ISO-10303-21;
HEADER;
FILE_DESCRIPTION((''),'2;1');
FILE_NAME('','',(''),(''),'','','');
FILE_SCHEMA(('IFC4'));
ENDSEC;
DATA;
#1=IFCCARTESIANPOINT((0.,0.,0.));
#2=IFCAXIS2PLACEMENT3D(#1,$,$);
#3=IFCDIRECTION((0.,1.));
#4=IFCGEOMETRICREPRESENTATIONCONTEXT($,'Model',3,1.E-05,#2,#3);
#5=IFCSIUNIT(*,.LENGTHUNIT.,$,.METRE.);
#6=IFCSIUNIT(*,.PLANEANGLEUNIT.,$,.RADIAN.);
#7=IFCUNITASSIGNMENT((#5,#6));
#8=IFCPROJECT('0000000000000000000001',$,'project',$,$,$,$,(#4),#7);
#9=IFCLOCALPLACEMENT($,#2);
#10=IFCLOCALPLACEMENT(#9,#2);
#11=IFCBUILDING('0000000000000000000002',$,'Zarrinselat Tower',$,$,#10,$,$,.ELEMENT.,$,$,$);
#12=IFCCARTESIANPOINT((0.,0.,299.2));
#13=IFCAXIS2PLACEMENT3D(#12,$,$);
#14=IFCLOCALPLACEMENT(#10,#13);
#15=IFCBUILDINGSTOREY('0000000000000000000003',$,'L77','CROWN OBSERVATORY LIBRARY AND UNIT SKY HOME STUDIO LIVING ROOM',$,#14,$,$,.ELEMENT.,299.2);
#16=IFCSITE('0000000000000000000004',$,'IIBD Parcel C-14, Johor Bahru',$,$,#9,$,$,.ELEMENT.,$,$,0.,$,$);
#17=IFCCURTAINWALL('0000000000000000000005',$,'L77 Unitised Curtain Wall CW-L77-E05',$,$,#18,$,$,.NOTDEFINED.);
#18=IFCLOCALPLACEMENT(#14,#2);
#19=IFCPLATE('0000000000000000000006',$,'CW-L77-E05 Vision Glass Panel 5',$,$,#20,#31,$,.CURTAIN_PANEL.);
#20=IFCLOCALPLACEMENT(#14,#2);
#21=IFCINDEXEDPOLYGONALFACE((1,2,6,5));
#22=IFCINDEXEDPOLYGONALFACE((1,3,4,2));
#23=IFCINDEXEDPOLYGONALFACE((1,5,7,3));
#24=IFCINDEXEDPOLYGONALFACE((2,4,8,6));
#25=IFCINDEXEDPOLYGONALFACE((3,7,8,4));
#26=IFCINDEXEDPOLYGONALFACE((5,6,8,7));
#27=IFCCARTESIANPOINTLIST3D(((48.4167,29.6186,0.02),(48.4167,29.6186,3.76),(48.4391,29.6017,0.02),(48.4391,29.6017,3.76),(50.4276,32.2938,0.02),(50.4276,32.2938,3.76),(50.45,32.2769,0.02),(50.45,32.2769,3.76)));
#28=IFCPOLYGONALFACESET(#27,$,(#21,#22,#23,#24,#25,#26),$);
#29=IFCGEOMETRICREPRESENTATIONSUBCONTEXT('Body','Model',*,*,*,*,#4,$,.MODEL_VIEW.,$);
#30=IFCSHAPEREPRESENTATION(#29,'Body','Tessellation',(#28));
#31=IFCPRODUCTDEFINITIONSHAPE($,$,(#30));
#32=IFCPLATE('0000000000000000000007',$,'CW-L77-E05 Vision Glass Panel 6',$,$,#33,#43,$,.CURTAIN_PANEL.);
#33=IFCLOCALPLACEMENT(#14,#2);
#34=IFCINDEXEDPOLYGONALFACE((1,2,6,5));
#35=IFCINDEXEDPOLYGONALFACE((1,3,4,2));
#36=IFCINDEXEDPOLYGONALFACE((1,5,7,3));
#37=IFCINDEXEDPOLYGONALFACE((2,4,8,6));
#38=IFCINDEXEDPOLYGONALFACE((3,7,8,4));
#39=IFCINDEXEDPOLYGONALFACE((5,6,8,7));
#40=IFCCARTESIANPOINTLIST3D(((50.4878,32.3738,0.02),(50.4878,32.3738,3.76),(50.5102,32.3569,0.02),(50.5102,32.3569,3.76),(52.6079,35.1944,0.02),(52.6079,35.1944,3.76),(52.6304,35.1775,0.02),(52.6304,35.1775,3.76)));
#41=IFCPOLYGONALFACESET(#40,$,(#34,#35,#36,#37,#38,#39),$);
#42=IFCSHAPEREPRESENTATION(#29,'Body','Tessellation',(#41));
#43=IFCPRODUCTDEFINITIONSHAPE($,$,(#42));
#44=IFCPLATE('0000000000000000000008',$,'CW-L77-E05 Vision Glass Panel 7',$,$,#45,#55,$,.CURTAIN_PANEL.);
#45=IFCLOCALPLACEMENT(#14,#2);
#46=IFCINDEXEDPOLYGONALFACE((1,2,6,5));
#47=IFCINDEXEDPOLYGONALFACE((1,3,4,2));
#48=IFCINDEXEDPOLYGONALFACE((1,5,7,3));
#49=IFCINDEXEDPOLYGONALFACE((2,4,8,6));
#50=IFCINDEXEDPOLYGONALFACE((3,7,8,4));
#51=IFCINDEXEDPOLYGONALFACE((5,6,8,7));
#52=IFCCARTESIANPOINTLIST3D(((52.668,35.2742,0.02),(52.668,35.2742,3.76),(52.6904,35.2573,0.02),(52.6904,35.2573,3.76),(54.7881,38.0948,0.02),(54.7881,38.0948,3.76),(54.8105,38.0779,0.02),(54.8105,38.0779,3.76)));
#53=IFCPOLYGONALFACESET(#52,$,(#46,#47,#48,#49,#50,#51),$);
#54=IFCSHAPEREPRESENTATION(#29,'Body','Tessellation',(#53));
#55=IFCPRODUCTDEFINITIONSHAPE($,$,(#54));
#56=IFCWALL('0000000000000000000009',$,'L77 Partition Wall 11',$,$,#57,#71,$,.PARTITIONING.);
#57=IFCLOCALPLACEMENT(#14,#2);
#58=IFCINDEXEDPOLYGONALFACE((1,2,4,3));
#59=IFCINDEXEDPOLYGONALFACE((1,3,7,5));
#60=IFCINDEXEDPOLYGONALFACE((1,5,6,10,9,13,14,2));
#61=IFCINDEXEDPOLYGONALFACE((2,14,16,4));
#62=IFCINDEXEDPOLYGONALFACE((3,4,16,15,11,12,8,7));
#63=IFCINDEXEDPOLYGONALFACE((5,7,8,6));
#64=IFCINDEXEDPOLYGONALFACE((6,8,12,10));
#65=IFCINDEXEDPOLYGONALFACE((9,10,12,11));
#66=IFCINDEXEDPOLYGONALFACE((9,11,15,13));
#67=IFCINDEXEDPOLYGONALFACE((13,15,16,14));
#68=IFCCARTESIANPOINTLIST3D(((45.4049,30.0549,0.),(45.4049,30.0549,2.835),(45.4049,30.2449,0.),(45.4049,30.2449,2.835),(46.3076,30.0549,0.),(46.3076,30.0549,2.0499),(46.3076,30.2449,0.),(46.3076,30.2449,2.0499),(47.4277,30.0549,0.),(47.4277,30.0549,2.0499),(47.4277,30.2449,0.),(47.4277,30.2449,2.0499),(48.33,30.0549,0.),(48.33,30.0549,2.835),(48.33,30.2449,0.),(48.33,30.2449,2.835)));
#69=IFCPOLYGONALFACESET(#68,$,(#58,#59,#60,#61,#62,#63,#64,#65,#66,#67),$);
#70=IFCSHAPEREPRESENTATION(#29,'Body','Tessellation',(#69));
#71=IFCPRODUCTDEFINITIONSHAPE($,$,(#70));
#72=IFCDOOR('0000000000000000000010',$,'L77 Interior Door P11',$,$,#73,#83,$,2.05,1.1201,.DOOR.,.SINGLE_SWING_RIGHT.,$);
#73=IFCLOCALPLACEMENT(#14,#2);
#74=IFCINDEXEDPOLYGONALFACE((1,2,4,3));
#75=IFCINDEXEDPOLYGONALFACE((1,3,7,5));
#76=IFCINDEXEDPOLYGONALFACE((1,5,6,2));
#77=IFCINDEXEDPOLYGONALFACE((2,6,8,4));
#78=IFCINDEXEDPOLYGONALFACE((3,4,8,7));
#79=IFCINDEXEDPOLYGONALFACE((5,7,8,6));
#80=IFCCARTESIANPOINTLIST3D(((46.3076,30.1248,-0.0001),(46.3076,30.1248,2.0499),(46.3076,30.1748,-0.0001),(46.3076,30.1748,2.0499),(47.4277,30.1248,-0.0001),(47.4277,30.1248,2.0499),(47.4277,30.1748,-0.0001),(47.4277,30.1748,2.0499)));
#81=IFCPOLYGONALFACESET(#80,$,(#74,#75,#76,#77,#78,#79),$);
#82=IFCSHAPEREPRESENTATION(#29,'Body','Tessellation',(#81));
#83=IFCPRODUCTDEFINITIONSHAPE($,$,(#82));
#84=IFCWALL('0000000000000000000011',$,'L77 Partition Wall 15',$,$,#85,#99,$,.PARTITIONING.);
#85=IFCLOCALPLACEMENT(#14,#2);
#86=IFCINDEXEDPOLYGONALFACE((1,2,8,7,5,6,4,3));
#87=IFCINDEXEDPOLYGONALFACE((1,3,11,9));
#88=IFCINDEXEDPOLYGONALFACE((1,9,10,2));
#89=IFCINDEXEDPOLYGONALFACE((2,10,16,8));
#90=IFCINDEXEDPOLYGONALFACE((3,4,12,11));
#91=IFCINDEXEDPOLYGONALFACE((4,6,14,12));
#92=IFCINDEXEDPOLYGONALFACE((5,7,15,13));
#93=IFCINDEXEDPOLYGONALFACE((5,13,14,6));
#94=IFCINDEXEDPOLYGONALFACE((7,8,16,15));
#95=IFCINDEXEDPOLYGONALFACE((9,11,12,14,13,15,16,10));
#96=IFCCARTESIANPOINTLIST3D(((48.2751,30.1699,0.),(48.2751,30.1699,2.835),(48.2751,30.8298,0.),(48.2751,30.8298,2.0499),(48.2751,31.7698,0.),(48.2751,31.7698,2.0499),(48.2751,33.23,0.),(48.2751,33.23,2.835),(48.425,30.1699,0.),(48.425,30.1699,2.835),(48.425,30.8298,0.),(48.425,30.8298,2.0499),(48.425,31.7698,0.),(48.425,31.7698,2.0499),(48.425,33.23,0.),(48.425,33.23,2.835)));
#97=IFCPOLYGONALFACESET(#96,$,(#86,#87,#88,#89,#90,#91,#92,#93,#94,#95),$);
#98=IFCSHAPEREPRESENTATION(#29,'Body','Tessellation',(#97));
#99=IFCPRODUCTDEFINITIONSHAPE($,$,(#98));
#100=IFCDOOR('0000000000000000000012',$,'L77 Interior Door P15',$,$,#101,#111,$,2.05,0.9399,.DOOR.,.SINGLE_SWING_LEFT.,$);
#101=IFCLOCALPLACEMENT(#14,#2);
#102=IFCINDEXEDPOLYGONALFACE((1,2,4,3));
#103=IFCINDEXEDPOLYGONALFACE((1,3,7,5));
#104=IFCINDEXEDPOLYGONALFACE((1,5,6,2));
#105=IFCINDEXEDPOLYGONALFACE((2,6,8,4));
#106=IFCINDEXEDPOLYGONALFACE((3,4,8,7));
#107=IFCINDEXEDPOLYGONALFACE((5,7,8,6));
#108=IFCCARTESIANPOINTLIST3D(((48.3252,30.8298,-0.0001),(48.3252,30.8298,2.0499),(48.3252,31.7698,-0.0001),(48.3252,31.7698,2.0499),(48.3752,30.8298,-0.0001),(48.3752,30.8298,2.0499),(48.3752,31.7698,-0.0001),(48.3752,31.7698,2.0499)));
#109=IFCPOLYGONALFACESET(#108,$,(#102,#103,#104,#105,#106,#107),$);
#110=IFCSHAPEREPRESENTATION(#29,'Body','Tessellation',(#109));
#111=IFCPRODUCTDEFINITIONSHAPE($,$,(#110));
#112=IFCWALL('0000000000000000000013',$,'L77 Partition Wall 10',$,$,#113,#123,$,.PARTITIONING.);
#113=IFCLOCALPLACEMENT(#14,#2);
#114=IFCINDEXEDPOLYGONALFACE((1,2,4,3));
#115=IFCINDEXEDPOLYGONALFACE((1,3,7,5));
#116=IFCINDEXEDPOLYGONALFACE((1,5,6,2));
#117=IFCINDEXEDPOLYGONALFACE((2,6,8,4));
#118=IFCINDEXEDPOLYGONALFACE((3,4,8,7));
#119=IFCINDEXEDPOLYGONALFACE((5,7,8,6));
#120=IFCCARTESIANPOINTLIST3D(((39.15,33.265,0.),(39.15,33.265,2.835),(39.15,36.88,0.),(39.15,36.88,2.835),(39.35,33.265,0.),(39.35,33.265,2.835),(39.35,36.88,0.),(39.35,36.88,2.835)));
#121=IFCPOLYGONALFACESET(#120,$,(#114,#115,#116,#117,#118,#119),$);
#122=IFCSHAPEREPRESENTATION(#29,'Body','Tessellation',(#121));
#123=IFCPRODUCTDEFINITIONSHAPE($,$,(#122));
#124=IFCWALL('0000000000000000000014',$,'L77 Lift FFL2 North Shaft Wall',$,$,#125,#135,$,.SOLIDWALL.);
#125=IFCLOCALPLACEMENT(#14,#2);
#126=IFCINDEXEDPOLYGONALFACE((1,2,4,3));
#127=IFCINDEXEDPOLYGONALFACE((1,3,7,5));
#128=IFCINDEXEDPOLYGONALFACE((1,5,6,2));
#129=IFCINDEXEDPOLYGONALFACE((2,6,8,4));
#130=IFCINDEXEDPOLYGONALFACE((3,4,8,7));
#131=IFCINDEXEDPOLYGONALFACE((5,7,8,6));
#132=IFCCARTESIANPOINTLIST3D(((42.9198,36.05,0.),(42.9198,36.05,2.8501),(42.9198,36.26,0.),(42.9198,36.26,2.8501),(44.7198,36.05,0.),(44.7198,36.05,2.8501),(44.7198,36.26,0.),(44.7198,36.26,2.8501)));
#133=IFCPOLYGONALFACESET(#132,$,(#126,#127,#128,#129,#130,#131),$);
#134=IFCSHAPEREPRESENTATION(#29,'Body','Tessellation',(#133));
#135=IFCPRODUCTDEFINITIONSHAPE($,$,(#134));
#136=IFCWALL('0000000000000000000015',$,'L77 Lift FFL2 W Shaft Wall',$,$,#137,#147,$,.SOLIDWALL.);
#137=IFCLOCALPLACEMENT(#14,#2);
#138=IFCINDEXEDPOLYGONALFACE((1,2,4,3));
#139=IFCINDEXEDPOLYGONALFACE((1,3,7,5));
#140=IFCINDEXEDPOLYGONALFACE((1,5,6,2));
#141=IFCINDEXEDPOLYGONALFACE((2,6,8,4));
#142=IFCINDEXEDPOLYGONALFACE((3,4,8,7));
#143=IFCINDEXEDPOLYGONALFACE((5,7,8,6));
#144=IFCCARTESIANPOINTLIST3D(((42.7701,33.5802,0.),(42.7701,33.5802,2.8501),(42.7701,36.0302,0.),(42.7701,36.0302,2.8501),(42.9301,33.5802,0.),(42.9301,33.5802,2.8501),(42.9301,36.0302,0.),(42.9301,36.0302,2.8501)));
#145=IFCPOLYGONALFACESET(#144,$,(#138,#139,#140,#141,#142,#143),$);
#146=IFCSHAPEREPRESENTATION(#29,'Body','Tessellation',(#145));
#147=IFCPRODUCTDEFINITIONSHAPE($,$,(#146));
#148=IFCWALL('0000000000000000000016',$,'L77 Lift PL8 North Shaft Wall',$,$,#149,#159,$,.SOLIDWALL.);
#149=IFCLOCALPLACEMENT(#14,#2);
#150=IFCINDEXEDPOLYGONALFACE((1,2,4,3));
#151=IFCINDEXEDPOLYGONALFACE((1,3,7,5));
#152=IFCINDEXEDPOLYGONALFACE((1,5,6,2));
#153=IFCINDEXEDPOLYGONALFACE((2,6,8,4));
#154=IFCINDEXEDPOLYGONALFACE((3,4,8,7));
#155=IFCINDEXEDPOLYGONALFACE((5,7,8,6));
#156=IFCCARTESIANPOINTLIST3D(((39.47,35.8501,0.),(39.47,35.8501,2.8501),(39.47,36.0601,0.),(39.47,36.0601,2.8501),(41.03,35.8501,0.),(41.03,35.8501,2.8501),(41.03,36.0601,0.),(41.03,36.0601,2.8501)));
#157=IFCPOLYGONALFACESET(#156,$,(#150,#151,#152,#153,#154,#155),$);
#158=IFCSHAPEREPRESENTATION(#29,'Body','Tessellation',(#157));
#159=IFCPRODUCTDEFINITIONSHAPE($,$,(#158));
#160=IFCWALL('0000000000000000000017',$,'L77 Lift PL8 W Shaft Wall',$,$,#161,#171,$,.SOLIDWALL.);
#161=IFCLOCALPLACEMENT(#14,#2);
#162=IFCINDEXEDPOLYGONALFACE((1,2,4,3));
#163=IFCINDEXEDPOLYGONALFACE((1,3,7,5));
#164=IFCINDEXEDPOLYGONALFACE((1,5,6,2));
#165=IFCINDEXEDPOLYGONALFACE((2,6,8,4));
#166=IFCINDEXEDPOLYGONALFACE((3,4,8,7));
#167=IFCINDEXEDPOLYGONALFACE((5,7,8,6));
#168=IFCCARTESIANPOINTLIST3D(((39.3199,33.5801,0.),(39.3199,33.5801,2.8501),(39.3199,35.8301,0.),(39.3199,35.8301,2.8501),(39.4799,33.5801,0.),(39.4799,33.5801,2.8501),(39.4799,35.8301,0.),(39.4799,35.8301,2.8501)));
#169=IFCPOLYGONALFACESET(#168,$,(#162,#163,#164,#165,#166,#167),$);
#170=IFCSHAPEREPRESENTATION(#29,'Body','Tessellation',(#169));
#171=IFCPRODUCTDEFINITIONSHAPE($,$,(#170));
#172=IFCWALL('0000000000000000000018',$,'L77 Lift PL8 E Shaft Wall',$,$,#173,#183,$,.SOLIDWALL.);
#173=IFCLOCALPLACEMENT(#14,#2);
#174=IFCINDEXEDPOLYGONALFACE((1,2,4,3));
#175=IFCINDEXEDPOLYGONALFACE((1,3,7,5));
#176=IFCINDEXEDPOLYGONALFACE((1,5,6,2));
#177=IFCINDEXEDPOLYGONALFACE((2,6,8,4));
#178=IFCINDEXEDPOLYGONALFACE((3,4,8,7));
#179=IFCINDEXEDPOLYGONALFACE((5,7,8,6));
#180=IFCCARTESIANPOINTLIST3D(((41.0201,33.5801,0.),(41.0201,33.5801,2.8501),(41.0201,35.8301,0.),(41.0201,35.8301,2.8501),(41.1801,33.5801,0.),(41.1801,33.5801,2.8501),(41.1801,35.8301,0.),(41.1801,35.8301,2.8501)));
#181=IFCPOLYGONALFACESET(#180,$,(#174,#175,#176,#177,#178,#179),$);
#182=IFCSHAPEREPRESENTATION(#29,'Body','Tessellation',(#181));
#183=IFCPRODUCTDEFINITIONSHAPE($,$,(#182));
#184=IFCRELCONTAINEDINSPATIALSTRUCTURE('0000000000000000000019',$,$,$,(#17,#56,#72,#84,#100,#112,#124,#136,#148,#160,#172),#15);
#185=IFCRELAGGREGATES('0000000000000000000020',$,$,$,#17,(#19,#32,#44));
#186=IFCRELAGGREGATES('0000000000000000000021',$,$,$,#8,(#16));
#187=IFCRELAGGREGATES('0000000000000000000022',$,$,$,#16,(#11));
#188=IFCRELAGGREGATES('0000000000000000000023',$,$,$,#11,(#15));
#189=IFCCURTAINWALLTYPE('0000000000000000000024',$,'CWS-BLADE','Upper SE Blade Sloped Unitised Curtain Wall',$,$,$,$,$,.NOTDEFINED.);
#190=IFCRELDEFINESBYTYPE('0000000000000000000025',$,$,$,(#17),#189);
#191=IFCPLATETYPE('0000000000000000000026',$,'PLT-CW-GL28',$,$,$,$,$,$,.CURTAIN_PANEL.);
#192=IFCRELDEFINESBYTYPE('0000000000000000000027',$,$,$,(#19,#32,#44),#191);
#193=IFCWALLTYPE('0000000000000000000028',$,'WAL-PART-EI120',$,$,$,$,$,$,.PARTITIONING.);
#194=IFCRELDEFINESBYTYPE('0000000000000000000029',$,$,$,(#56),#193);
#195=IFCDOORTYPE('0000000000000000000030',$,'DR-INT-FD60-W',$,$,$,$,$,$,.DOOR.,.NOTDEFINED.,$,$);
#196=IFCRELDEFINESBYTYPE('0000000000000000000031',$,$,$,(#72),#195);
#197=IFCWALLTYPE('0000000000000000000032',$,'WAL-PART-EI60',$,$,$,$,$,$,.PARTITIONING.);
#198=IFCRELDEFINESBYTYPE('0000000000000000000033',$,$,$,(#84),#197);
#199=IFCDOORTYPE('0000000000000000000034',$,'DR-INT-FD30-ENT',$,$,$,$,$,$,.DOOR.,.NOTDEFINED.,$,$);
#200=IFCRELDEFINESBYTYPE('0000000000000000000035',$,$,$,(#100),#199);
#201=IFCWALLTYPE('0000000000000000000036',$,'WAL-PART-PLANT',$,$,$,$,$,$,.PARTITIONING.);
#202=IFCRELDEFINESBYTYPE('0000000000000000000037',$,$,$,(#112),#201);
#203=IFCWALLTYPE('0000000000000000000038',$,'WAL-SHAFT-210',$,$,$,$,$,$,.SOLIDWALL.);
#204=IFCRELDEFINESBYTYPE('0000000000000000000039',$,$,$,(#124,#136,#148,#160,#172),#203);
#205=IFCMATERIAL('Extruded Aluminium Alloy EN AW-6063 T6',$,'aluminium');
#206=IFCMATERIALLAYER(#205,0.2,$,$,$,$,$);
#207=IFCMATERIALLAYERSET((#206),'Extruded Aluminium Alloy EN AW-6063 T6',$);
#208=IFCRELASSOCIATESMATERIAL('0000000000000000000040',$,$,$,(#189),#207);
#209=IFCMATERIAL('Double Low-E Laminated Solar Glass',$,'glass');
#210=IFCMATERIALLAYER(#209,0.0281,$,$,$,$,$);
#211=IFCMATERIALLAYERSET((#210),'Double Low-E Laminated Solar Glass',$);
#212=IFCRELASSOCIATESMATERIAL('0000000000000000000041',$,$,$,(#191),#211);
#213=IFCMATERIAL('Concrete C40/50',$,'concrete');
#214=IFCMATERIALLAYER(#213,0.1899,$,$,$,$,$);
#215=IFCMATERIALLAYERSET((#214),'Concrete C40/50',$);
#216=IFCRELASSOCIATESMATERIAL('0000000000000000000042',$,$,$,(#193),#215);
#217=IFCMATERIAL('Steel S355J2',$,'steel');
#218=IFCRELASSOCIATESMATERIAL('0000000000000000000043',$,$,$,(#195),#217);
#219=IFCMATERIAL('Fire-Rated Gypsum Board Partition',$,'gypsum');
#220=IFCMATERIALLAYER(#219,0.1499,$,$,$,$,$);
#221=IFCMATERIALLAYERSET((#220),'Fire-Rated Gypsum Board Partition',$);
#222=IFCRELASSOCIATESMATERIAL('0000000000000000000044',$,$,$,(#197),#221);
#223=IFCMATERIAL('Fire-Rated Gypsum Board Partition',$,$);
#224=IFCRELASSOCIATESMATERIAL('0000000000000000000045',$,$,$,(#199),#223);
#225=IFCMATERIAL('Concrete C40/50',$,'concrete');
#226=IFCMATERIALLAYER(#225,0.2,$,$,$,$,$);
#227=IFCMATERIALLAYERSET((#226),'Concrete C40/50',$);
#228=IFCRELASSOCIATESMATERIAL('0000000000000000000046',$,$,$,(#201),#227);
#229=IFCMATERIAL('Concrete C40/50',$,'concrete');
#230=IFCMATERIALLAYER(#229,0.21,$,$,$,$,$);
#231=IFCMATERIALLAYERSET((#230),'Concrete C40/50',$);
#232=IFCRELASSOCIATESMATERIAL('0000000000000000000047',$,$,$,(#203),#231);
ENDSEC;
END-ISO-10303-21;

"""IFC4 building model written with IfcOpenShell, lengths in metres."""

from ifc_helpers import new_model, si_unit, direction, frame, frame_2d, origin, origin_2d, place, context, subcontext, project, spatial, rectangle, extrude, material, layer, layer_set, type_object, element, fill, aggregate, save


model = new_model("IFC4")

# Units and contexts
model_context = context("Model", 3, precision=1e-05, world=origin(), true_north=direction((0.0, 1.0)))
body_context = subcontext(model_context, "Body", "Model", "MODEL_VIEW")
ifc_project = project(units=[si_unit("LENGTHUNIT", "METRE"), si_unit("PLANEANGLEUNIT", "RADIAN")], contexts=[model_context])

# Site, building, storey
site_placement = place(None, origin())
site = spatial("IfcSite", under=ifc_project, at=site_placement, Name="IIBD Parcel C-14, Johor Bahru", CompositionType="ELEMENT", RefElevation=0.0)
building_placement = place(site_placement, origin())
building = spatial("IfcBuilding", under=site, at=building_placement, Name="Zarrinselat Tower", CompositionType="ELEMENT")
storey_placement = place(building_placement, frame((0.0, 0.0, 299.2)))
storey = spatial("IfcBuildingStorey", under=building, at=storey_placement, Name="L77", Description="CROWN OBSERVATORY LIBRARY AND UNIT SKY HOME STUDIO LIVING ROOM", CompositionType="ELEMENT", Elevation=299.2)

# Curtain wall, plates
ifc_material_1 = material(Name="Extruded Aluminium Alloy EN AW-6063 T6", Category="aluminium")
ifc_layer_1 = layer(ifc_material_1, 0.2)
ifc_layer_set_1 = layer_set([ifc_layer_1], Name="Extruded Aluminium Alloy EN AW-6063 T6")
curtain_wall_type = type_object("IfcCurtainWallType", Name="CWS-BLADE", Description="Upper SE Blade Sloped Unitised Curtain Wall", PredefinedType="NOTDEFINED", material=ifc_layer_set_1)
curtain_wall_placement = place(storey_placement, origin())
curtain_wall = element("IfcCurtainWall", 1, at=curtain_wall_placement, inside=storey, type_object=curtain_wall_type, Name="L77 Unitised Curtain Wall CW-L77-E05", PredefinedType="NOTDEFINED")
ifc_material_2 = material(Name="Double Low-E Laminated Solar Glass", Category="glass")
ifc_layer_2 = layer(ifc_material_2, 0.0281)
ifc_layer_set_2 = layer_set([ifc_layer_2], Name="Double Low-E Laminated Solar Glass")
plate_type = type_object("IfcPlateType", Name="PLT-CW-GL28", PredefinedType="CURTAIN_PANEL", material=ifc_layer_set_2)
plate_1_placement = place(storey_placement, frame((49.4333, 30.9478, 0.02), z_axis=(0.0, 0.0, 1.0), x_axis=(0.600848, 0.799363, 0.0)))
plate_1 = element("IfcPlate", 2, at=plate_1_placement, type_object=plate_type, Name="CW-L77-E05 Vision Glass Panel 5", PredefinedType="CURTAIN_PANEL", context=body_context, shape_type="SweptSolid", body=[
    extrude(rectangle(XDim=3.3467, YDim=0.0281, at=origin_2d()), origin(), (0.0, 0.0, 1.0), 3.74),
])
plate_2_placement = place(storey_placement, frame((51.5591, 33.7756, 0.02), z_axis=(0.0, 0.0, 1.0), x_axis=(0.600848, 0.799363, 0.0)))
plate_2 = element("IfcPlate", 3, at=plate_2_placement, type_object=plate_type, Name="CW-L77-E05 Vision Glass Panel 6", PredefinedType="CURTAIN_PANEL", context=body_context, shape_type="SweptSolid", body=[
    extrude(rectangle(XDim=3.5286, YDim=0.0281, at=origin_2d()), origin(), (0.0, 0.0, 1.0), 3.74),
])
plate_3_placement = place(storey_placement, frame((53.7393, 36.676, 0.02), z_axis=(0.0, 0.0, 1.0), x_axis=(0.600848, 0.799363, 0.0)))
plate_3 = element("IfcPlate", 4, at=plate_3_placement, type_object=plate_type, Name="CW-L77-E05 Vision Glass Panel 7", PredefinedType="CURTAIN_PANEL", context=body_context, shape_type="SweptSolid", body=[
    extrude(rectangle(XDim=3.5286, YDim=0.0281, at=origin_2d()), origin(), (0.0, 0.0, 1.0), 3.74),
])
aggregate(curtain_wall, [plate_1, plate_2, plate_3])

# Walls, openings, doors
ifc_material_3 = material(Name="Concrete C40/50", Category="concrete")
ifc_layer_3 = layer(ifc_material_3, 0.1899)
ifc_layer_set_3 = layer_set([ifc_layer_3], Name="Concrete C40/50")
wall_type_1 = type_object("IfcWallType", Name="WAL-PART-EI120", PredefinedType="PARTITIONING", material=ifc_layer_set_3)
wall_1_placement = place(storey_placement, frame((45.405, 30.1499, 0.0), z_axis=(0.0, 0.0, 1.0), x_axis=(1.0, 0.0, 0.0)))
wall_1 = element("IfcWall", 5, at=wall_1_placement, inside=storey, type_object=wall_type_1, Name="L77 Partition Wall 11", PredefinedType="PARTITIONING", context=body_context, shape_type="SweptSolid", body=[
    extrude(rectangle(XDim=2.925, YDim=0.1899, at=frame_2d((1.4624, 0.0))), origin(), (0.0, 0.0, 1.0), 2.835),
])
opening_1_placement = place(wall_1_placement, frame((0.9026, 0.0, 0.0)))
opening_1 = element("IfcOpeningElement", 6, at=opening_1_placement, cuts=wall_1, PredefinedType="OPENING", context=body_context, shape_type="SweptSolid", body=[
    extrude(rectangle(XDim=1.1201, YDim=2.05, at=frame_2d((0.5601, 1.0249))), frame((0.0, 0.105, 0.0), z_axis=(0.0, -1.0, 0.0), x_axis=(1.0, 0.0, 0.0)), (0.0, 0.0, 1.0), 0.21),
])
ifc_material_4 = material(Name="Steel S355J2", Category="steel")
door_type_1 = type_object("IfcDoorType", Name="DR-INT-FD60-W", OperationType="NOTDEFINED", PredefinedType="DOOR", material=ifc_material_4)
door_1_placement = place(opening_1_placement, origin())
door_1 = element("IfcDoor", 7, at=door_1_placement, inside=storey, type_object=door_type_1, Name="L77 Interior Door P11", OperationType="SINGLE_SWING_RIGHT", OverallHeight=2.05, OverallWidth=1.1201, PredefinedType="DOOR", context=body_context, shape_type="SweptSolid", body=[
    extrude(rectangle(XDim=1.1201, YDim=2.05, at=frame_2d((0.5601, 1.0249))), frame((0.0, 0.0249, 0.0), z_axis=(0.0, -1.0, 0.0), x_axis=(1.0, 0.0, 0.0)), (0.0, 0.0, 1.0), 0.05),
])
fill(opening_1, door_1)
ifc_material_5 = material(Name="Fire-Rated Gypsum Board Partition", Category="gypsum")
ifc_layer_4 = layer(ifc_material_5, 0.1499)
ifc_layer_set_4 = layer_set([ifc_layer_4], Name="Fire-Rated Gypsum Board Partition")
wall_type_2 = type_object("IfcWallType", Name="WAL-PART-EI60", PredefinedType="PARTITIONING", material=ifc_layer_set_4)
wall_2_placement = place(storey_placement, frame((48.3501, 30.1699, 0.0), z_axis=(0.0, 0.0, 1.0), x_axis=(0.0, 1.0, 0.0)))
wall_2 = element("IfcWall", 8, at=wall_2_placement, inside=storey, type_object=wall_type_2, Name="L77 Partition Wall 15", PredefinedType="PARTITIONING", context=body_context, shape_type="SweptSolid", body=[
    extrude(rectangle(XDim=3.0601, YDim=0.1499, at=frame_2d((1.53, 0.0))), origin(), (0.0, 0.0, 1.0), 2.835),
])
opening_2_placement = place(wall_2_placement, frame((0.6599, 0.0, 0.0)))
opening_2 = element("IfcOpeningElement", 9, at=opening_2_placement, cuts=wall_2, PredefinedType="OPENING", context=body_context, shape_type="SweptSolid", body=[
    extrude(rectangle(XDim=0.9399, YDim=2.05, at=frame_2d((0.47, 1.0249))), frame((0.0, 0.085, 0.0), z_axis=(0.0, -1.0, 0.0), x_axis=(1.0, 0.0, 0.0)), (0.0, 0.0, 1.0), 0.1699),
])
ifc_material_6 = material(Name="Fire-Rated Gypsum Board Partition")
door_type_2 = type_object("IfcDoorType", Name="DR-INT-FD30-ENT", OperationType="NOTDEFINED", PredefinedType="DOOR", material=ifc_material_6)
door_2_placement = place(opening_2_placement, origin())
door_2 = element("IfcDoor", 10, at=door_2_placement, inside=storey, type_object=door_type_2, Name="L77 Interior Door P15", OperationType="SINGLE_SWING_LEFT", OverallHeight=2.05, OverallWidth=0.9399, PredefinedType="DOOR", context=body_context, shape_type="SweptSolid", body=[
    extrude(rectangle(XDim=0.9399, YDim=2.05, at=frame_2d((0.47, 1.0249))), frame((0.0, 0.0249, 0.0), z_axis=(0.0, -1.0, 0.0), x_axis=(1.0, 0.0, 0.0)), (0.0, 0.0, 1.0), 0.05),
])
fill(opening_2, door_2)

# Walls
ifc_material_7 = material(Name="Concrete C40/50", Category="concrete")
ifc_layer_5 = layer(ifc_material_7, 0.2)
ifc_layer_set_5 = layer_set([ifc_layer_5], Name="Concrete C40/50")
wall_type_3 = type_object("IfcWallType", Name="WAL-PART-PLANT", PredefinedType="PARTITIONING", material=ifc_layer_set_5)
wall_3_placement = place(storey_placement, frame((39.25, 33.2649, 0.0), z_axis=(0.0, 0.0, 1.0), x_axis=(0.0, 1.0, 0.0)))
element("IfcWall", 11, at=wall_3_placement, inside=storey, type_object=wall_type_3, Name="L77 Partition Wall 10", PredefinedType="PARTITIONING", context=body_context, shape_type="SweptSolid", body=[
    extrude(rectangle(XDim=3.615, YDim=0.2, at=frame_2d((1.8076, 0.0))), origin(), (0.0, 0.0, 1.0), 2.835),
])
ifc_material_8 = material(Name="Concrete C40/50", Category="concrete")
ifc_layer_6 = layer(ifc_material_8, 0.21)
ifc_layer_set_6 = layer_set([ifc_layer_6], Name="Concrete C40/50")
wall_type_4 = type_object("IfcWallType", Name="WAL-SHAFT-210", PredefinedType="SOLIDWALL", material=ifc_layer_set_6)
wall_4_placement = place(storey_placement, frame((42.9199, 36.155, 0.0), z_axis=(0.0, 0.0, 1.0), x_axis=(1.0, 0.0, 0.0)))
element("IfcWall", 12, at=wall_4_placement, inside=storey, type_object=wall_type_4, Name="L77 Lift FFL2 North Shaft Wall", PredefinedType="SOLIDWALL", context=body_context, shape_type="SweptSolid", body=[
    extrude(rectangle(XDim=1.8, YDim=0.21, at=frame_2d((0.8999, 0.0))), origin(), (0.0, 0.0, 1.0), 2.8501),
])
wall_5_placement = place(storey_placement, frame((42.8501, 33.5801, 0.0), z_axis=(0.0, 0.0, 1.0), x_axis=(0.0, 1.0, 0.0)))
element("IfcWall", 13, at=wall_5_placement, inside=storey, type_object=wall_type_4, Name="L77 Lift FFL2 W Shaft Wall", PredefinedType="SOLIDWALL", context=body_context, shape_type="SweptSolid", body=[
    extrude(rectangle(XDim=2.45, YDim=0.1599, at=frame_2d((1.2251, 0.0))), origin(), (0.0, 0.0, 1.0), 2.8501),
])
wall_6_placement = place(storey_placement, frame((39.47, 35.9551, 0.0), z_axis=(0.0, 0.0, 1.0), x_axis=(1.0, 0.0, 0.0)))
element("IfcWall", 14, at=wall_6_placement, inside=storey, type_object=wall_type_4, Name="L77 Lift PL8 North Shaft Wall", PredefinedType="SOLIDWALL", context=body_context, shape_type="SweptSolid", body=[
    extrude(rectangle(XDim=1.5601, YDim=0.21, at=frame_2d((0.78, 0.0))), origin(), (0.0, 0.0, 1.0), 2.8501),
])
for number, where, z_axis, x_axis, name in (
    (15, (39.3999, 33.5801, 0.0), (0.0, 0.0, 1.0), (0.0, 1.0, 0.0), "L77 Lift PL8 W Shaft Wall"),
    (16, (41.1001, 33.5801, 0.0), (0.0, 0.0, 1.0), (0.0, 1.0, 0.0), "L77 Lift PL8 E Shaft Wall"),
):
    element("IfcWall", number, at=place(storey_placement, frame(where, z_axis=z_axis, x_axis=x_axis)), inside=storey, type_object=wall_type_4, Name=name, PredefinedType="SOLIDWALL", context=body_context, shape_type="SweptSolid", body=[
        extrude(rectangle(XDim=2.25, YDim=0.1599, at=frame_2d((1.125, 0.0))), origin(), (0.0, 0.0, 1.0), 2.8501),
    ])

save(model, "model.ifc")
